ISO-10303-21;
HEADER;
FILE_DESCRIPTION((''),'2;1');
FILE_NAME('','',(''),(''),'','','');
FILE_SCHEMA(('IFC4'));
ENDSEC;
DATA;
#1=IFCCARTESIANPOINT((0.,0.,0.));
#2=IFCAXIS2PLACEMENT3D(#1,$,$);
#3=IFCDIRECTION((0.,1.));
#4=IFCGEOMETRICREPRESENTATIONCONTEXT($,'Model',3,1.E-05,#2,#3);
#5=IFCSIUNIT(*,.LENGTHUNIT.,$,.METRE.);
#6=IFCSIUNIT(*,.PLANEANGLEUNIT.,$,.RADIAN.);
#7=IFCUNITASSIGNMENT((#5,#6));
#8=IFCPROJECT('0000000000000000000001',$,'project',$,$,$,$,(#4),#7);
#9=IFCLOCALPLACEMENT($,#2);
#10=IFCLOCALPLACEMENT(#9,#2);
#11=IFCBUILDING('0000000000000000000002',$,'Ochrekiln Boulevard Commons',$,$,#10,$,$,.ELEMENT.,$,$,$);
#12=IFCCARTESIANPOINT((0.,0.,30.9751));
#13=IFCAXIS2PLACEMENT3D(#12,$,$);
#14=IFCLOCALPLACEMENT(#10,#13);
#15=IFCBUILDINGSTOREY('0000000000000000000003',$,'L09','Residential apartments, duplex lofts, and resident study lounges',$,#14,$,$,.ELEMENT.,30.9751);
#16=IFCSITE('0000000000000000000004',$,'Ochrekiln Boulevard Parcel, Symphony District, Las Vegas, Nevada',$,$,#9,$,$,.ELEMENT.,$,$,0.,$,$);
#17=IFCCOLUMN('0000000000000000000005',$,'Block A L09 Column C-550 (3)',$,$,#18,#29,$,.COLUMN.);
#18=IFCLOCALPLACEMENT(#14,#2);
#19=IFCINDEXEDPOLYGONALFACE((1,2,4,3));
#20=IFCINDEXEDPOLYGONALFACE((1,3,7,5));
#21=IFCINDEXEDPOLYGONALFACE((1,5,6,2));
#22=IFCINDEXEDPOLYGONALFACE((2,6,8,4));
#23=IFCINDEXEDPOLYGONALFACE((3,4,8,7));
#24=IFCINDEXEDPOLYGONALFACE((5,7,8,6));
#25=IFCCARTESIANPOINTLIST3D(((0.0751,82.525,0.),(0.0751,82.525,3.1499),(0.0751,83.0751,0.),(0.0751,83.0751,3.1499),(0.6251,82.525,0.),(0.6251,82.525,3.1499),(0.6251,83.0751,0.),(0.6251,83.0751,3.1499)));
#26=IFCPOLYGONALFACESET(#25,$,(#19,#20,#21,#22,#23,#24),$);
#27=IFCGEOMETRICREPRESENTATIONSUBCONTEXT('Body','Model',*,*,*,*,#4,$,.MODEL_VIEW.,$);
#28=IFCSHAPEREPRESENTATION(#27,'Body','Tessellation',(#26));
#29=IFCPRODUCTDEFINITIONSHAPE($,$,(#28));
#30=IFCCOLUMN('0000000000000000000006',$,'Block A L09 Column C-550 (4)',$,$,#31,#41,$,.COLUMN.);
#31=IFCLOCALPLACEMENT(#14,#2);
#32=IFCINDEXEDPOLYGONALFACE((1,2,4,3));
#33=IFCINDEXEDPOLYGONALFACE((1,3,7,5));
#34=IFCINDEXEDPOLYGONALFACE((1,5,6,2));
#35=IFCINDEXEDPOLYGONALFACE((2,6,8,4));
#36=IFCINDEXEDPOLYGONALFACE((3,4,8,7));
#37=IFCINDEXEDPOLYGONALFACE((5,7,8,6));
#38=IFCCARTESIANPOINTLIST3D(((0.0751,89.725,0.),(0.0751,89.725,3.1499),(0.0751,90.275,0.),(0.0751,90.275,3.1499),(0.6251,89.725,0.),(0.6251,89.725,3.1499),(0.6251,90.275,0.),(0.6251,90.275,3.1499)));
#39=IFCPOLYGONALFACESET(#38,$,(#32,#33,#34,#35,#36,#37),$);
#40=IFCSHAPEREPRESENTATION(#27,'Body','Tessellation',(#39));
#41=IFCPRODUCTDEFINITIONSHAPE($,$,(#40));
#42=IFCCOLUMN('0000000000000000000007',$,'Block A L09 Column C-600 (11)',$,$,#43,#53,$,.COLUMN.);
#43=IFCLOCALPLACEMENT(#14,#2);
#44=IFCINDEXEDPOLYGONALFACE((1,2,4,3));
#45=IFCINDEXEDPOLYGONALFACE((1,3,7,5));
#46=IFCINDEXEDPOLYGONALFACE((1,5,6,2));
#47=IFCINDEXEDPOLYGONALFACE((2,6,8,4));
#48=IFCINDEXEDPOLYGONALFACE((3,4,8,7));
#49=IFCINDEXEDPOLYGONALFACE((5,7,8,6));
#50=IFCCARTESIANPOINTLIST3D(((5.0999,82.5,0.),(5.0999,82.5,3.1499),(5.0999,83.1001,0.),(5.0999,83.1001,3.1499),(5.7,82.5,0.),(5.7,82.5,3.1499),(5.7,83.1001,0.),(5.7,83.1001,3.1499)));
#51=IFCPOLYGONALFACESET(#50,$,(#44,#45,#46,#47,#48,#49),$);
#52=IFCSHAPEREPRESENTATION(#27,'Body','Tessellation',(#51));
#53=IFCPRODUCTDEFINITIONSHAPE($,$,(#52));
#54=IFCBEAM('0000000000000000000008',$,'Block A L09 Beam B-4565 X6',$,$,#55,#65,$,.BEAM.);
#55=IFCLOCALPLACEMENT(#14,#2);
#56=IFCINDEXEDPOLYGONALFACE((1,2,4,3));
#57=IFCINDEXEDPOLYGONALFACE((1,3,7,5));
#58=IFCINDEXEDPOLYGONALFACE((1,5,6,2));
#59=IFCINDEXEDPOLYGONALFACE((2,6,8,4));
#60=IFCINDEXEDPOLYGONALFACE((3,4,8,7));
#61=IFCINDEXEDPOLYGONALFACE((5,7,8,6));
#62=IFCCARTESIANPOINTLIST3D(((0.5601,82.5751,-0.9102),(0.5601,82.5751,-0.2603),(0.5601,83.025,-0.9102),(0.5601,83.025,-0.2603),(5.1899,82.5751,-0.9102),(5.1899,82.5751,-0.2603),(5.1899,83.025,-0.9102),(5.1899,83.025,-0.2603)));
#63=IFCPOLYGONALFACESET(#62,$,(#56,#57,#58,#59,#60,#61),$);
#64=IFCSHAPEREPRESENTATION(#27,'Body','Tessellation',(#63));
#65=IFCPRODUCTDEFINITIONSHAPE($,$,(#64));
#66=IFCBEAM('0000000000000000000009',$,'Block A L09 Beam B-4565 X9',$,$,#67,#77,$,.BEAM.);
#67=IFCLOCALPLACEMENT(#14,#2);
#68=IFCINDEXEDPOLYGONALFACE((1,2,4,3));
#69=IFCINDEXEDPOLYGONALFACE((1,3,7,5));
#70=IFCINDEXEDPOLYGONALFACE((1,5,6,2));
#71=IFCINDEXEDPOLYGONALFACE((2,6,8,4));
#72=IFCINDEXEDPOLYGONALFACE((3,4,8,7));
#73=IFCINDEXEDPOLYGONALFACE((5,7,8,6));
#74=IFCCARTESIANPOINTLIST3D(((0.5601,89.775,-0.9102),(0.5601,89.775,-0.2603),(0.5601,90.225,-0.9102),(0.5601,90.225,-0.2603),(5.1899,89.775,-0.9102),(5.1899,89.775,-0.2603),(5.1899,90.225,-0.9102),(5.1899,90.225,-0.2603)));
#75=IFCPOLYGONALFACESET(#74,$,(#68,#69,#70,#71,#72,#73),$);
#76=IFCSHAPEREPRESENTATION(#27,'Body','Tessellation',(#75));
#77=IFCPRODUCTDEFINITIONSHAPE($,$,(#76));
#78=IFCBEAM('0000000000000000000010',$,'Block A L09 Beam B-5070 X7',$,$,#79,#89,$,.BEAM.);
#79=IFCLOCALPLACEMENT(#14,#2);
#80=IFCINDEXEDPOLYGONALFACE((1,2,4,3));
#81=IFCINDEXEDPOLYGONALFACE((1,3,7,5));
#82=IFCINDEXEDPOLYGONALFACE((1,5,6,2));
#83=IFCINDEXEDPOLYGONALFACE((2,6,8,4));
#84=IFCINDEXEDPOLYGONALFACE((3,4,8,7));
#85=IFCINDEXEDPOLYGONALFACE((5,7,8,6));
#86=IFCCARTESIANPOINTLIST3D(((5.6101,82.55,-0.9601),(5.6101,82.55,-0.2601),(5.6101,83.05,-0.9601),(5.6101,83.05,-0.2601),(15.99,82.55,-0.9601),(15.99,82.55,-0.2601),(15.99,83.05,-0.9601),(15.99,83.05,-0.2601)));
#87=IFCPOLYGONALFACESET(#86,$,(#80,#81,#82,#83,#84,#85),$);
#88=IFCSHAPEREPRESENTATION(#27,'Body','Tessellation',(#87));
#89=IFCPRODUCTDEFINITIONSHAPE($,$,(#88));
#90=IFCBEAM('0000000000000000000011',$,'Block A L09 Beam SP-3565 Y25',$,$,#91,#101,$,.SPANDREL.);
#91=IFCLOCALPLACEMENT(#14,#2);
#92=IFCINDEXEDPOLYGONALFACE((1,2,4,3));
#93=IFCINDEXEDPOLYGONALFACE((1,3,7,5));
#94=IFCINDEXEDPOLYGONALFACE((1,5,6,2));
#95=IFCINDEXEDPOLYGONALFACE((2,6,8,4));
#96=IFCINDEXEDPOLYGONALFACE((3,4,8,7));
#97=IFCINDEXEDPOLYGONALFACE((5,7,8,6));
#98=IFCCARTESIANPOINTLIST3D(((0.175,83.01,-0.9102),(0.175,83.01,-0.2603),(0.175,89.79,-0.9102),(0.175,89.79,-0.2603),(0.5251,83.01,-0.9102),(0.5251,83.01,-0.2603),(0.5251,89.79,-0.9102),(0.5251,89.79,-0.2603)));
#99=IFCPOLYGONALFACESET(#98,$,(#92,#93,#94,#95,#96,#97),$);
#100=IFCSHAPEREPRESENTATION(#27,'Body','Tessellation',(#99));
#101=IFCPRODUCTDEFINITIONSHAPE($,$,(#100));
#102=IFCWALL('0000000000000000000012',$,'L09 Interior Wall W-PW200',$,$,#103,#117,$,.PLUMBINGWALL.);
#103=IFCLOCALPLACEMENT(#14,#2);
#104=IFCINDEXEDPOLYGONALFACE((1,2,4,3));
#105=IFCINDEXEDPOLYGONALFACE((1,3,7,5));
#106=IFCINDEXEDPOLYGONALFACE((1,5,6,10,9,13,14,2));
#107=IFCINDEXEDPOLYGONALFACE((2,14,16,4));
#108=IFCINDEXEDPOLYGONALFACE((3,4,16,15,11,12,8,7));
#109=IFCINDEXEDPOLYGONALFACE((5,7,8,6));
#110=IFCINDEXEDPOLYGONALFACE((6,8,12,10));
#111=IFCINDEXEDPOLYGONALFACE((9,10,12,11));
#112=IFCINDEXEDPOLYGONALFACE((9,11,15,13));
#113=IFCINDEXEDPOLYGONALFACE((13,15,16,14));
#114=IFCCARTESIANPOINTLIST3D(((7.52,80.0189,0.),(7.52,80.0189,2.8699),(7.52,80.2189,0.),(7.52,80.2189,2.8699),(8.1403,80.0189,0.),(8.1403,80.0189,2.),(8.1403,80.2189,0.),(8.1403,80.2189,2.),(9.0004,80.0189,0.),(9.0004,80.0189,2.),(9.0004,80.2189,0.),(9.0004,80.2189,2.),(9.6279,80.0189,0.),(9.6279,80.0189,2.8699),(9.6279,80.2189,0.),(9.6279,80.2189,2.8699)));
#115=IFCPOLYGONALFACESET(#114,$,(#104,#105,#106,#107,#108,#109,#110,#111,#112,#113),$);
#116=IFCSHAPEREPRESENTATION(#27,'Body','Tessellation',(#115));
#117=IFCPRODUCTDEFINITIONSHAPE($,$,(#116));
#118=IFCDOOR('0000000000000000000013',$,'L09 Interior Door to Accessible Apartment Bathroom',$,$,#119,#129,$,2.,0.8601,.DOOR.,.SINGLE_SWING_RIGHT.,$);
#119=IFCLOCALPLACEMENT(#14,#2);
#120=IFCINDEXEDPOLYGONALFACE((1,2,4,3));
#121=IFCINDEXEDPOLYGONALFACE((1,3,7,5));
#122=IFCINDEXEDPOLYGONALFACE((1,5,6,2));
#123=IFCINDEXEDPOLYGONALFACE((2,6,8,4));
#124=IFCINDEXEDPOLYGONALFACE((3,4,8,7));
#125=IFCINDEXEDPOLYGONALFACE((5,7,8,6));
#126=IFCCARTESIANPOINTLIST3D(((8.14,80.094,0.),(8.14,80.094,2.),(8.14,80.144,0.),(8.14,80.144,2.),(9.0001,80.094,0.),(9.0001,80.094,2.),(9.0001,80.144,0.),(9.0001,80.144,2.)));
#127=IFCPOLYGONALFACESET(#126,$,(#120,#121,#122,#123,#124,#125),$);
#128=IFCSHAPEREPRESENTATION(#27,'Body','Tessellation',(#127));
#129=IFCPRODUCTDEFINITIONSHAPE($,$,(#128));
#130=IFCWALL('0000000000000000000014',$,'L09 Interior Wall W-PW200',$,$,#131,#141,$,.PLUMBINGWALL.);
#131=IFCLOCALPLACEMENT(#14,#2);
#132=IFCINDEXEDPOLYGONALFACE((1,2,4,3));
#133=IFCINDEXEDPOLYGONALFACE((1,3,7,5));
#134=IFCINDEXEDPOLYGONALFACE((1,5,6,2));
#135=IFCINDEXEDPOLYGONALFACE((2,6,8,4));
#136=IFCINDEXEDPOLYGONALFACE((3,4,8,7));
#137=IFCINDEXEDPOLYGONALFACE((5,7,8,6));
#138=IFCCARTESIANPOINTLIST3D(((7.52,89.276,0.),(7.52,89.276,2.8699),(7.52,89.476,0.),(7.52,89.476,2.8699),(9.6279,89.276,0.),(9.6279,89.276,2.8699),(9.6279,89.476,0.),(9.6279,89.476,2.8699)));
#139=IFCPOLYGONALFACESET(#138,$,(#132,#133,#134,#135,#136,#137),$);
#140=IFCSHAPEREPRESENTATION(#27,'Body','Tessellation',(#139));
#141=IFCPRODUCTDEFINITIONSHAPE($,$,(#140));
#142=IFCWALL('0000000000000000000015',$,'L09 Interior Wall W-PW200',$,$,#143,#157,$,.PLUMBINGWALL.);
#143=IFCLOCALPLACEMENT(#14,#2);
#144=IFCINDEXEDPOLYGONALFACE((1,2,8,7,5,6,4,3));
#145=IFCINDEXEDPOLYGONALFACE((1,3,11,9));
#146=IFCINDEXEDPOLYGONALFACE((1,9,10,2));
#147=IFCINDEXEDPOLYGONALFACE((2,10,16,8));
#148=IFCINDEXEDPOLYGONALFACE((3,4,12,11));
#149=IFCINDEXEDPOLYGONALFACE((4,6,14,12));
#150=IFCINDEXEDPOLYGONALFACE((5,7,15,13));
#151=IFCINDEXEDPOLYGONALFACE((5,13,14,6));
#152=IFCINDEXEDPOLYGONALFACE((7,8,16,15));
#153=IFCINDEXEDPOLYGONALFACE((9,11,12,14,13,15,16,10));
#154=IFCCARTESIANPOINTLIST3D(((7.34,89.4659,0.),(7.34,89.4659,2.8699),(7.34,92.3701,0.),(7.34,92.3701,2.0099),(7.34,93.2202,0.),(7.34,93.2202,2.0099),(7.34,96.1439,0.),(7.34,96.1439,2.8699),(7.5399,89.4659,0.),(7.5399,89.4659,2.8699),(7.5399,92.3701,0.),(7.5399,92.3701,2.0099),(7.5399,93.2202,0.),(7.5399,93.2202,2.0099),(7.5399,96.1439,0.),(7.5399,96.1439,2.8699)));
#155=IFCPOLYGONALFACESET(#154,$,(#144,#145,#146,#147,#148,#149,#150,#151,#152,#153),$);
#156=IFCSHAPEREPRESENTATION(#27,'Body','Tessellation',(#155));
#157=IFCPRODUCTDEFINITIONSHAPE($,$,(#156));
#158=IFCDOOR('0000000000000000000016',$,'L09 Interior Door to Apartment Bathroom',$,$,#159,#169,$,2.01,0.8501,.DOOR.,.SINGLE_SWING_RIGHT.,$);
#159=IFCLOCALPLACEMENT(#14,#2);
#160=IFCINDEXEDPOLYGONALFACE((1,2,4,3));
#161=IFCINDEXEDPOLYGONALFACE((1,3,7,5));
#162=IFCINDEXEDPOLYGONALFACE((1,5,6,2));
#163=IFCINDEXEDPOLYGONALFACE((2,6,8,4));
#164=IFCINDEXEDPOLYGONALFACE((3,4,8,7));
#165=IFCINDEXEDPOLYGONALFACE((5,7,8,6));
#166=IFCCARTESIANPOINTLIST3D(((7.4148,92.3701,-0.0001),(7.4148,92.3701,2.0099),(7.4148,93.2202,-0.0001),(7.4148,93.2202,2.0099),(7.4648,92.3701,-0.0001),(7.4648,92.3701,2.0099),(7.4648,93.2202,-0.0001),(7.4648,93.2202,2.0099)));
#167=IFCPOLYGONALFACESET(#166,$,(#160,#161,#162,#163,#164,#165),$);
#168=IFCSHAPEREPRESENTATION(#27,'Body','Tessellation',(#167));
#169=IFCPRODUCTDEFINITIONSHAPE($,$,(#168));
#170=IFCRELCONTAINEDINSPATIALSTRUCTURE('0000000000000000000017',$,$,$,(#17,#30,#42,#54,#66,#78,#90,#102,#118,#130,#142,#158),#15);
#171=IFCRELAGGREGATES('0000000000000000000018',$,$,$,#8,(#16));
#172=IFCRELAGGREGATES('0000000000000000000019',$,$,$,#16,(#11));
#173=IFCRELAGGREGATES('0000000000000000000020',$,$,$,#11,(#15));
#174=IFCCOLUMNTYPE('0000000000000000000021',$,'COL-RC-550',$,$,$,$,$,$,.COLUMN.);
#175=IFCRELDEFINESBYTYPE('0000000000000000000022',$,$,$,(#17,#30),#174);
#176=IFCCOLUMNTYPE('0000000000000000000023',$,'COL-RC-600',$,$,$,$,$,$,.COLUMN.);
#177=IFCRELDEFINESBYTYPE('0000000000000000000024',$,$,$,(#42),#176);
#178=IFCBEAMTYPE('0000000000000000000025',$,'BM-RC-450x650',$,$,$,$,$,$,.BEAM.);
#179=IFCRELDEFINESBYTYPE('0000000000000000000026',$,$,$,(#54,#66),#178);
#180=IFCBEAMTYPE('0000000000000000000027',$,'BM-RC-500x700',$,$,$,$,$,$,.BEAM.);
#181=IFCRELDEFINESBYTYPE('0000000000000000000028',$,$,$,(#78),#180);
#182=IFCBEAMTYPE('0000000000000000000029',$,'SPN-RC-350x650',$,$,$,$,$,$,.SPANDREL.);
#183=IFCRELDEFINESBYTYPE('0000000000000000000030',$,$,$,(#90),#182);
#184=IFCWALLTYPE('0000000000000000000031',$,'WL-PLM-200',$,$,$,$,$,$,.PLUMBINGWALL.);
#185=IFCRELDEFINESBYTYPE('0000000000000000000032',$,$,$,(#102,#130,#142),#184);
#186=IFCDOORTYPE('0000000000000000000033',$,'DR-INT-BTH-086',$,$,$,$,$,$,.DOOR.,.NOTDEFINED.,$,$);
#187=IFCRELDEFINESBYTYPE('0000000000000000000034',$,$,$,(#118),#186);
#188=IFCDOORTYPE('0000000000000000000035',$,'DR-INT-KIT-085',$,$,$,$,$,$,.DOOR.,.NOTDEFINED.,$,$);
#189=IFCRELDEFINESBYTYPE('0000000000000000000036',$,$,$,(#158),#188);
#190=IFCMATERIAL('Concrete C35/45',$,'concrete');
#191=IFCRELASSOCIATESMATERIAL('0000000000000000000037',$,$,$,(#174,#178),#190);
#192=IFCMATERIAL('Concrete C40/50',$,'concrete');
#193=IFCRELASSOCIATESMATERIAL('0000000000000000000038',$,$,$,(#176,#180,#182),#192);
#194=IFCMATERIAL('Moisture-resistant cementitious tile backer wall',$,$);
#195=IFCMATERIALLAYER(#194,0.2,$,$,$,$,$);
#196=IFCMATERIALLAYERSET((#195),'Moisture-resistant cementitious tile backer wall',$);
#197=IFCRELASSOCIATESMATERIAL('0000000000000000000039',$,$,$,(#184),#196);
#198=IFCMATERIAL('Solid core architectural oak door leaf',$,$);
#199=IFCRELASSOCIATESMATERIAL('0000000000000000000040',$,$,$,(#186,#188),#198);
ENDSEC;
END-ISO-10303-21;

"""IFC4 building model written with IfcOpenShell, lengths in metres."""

from ifc_helpers import new_model, si_unit, direction, frame, frame_2d, origin, origin_2d, place, context, subcontext, project, spatial, rectangle, extrude, material, layer, layer_set, material_profile, profile_set, type_object, element, fill, save


model = new_model("IFC4")

# Units and contexts
model_context = context("Model", 3, precision=1e-05, world=origin(), true_north=direction((0.0, 1.0)))
body_context = subcontext(model_context, "Body", "Model", "MODEL_VIEW")
ifc_project = project(units=[si_unit("LENGTHUNIT", "METRE"), si_unit("PLANEANGLEUNIT", "RADIAN")], contexts=[model_context])

# Site, building, storey
site_placement = place(None, origin())
site = spatial("IfcSite", under=ifc_project, at=site_placement, Name="Ochrekiln Boulevard Parcel, Symphony District, Las Vegas, Nevada", CompositionType="ELEMENT", RefElevation=0.0)
building_placement = place(site_placement, origin())
building = spatial("IfcBuilding", under=site, at=building_placement, Name="Ochrekiln Boulevard Commons", CompositionType="ELEMENT")
storey_placement = place(building_placement, frame((0.0, 0.0, 30.9751)))
storey = spatial("IfcBuildingStorey", under=building, at=storey_placement, Name="L09", Description="Residential apartments, duplex lofts, and resident study lounges", CompositionType="ELEMENT", Elevation=30.9751)

# Columns
ifc_material_1 = material(Name="Concrete C35/45", Category="concrete")
ifc_material_profile_1 = material_profile(ifc_material_1, rectangle(XDim=0.55, YDim=0.55, at=origin_2d()), Name="RC-COL-550x550")
ifc_profile_set_1 = profile_set([ifc_material_profile_1], Name="Concrete C35/45")
column_type_1 = type_object("IfcColumnType", Name="COL-RC-550", PredefinedType="COLUMN", material=ifc_profile_set_1)
for number, where, z_axis, x_axis, name in (
    (1, (0.3501, 82.8, 0.0), (0.0, 0.0, 1.0), (1.0, 0.0, 0.0), "Block A L09 Column C-550 (3)"),
    (2, (0.3501, 90.0, 0.0), (0.0, 0.0, 1.0), (1.0, 0.0, 0.0), "Block A L09 Column C-550 (4)"),
):
    element("IfcColumn", number, at=place(storey_placement, frame(where, z_axis=z_axis, x_axis=x_axis)), inside=storey, type_object=column_type_1, Name=name, PredefinedType="COLUMN", context=body_context, shape_type="SweptSolid", body=[
        extrude(rectangle(XDim=0.55, YDim=0.55, at=origin_2d()), origin(), (0.0, 0.0, 1.0), 3.1499),
    ])
ifc_material_2 = material(Name="Concrete C40/50", Category="concrete")
ifc_material_profile_2 = material_profile(ifc_material_2, rectangle(XDim=0.6001, YDim=0.6001, at=origin_2d()), Name="RC-COL-600x600")
ifc_profile_set_2 = profile_set([ifc_material_profile_2], Name="Concrete C40/50")
column_type_2 = type_object("IfcColumnType", Name="COL-RC-600", PredefinedType="COLUMN", material=ifc_profile_set_2)
column_placement = place(storey_placement, frame((5.3999, 82.8, 0.0), z_axis=(0.0, 0.0, 1.0), x_axis=(1.0, 0.0, 0.0)))
element("IfcColumn", 3, at=column_placement, inside=storey, type_object=column_type_2, Name="Block A L09 Column C-600 (11)", PredefinedType="COLUMN", context=body_context, shape_type="SweptSolid", body=[
    extrude(rectangle(XDim=0.6001, YDim=0.6001, at=origin_2d()), origin(), (0.0, 0.0, 1.0), 3.1499),
])

# Beams
ifc_material_profile_3 = material_profile(ifc_material_1, rectangle(XDim=0.45, YDim=0.6499, at=origin_2d()), Name="RC-BM-450x650")
ifc_profile_set_3 = profile_set([ifc_material_profile_3], Name="Concrete C35/45")
beam_type_1 = type_object("IfcBeamType", Name="BM-RC-450x650", PredefinedType="BEAM", material=ifc_profile_set_3)
for number, where, z_axis, x_axis, name in (
    (4, (0.5601, 82.8, -0.5852), (1.0, 0.0, 0.0), (0.0, 1.0, 0.0), "Block A L09 Beam B-4565 X6"),
    (5, (0.5601, 90.0, -0.5852), (1.0, 0.0, 0.0), (0.0, 1.0, 0.0), "Block A L09 Beam B-4565 X9"),
):
    element("IfcBeam", number, at=place(storey_placement, frame(where, z_axis=z_axis, x_axis=x_axis)), inside=storey, type_object=beam_type_1, Name=name, PredefinedType="BEAM", context=body_context, shape_type="SweptSolid", body=[
        extrude(rectangle(XDim=0.45, YDim=0.6499, at=origin_2d()), origin(), (0.0, 0.0, 1.0), 4.6299),
    ])
ifc_material_profile_4 = material_profile(ifc_material_2, rectangle(XDim=0.5, YDim=0.7, at=origin_2d()), Name="RC-BM-500x700")
ifc_profile_set_4 = profile_set([ifc_material_profile_4], Name="Concrete C40/50")
beam_type_2 = type_object("IfcBeamType", Name="BM-RC-500x700", PredefinedType="BEAM", material=ifc_profile_set_4)
beam_1_placement = place(storey_placement, frame((5.6101, 82.8, -0.6101), z_axis=(1.0, 0.0, 0.0), x_axis=(0.0, 1.0, 0.0)))
element("IfcBeam", 6, at=beam_1_placement, inside=storey, type_object=beam_type_2, Name="Block A L09 Beam B-5070 X7", PredefinedType="BEAM", context=body_context, shape_type="SweptSolid", body=[
    extrude(rectangle(XDim=0.5, YDim=0.7, at=origin_2d()), origin(), (0.0, 0.0, 1.0), 10.3799),
])
ifc_material_profile_5 = material_profile(ifc_material_2, rectangle(XDim=0.3501, YDim=0.6499, at=origin_2d()), Name="RC-SPN-350x650")
ifc_profile_set_5 = profile_set([ifc_material_profile_5], Name="Concrete C40/50")
beam_type_3 = type_object("IfcBeamType", Name="SPN-RC-350x650", PredefinedType="SPANDREL", material=ifc_profile_set_5)
beam_2_placement = place(storey_placement, frame((0.3501, 83.01, -0.5852), z_axis=(0.0, 1.0, 0.0), x_axis=(-1.0, 0.0, 0.0)))
element("IfcBeam", 7, at=beam_2_placement, inside=storey, type_object=beam_type_3, Name="Block A L09 Beam SP-3565 Y25", PredefinedType="SPANDREL", context=body_context, shape_type="SweptSolid", body=[
    extrude(rectangle(XDim=0.3501, YDim=0.6499, at=origin_2d()), origin(), (0.0, 0.0, 1.0), 6.78),
])

# Wall, opening, door
ifc_material_3 = material(Name="Moisture-resistant cementitious tile backer wall")
ifc_layer_1 = layer(ifc_material_3, 0.2)
ifc_layer_set_1 = layer_set([ifc_layer_1], Name="Moisture-resistant cementitious tile backer wall")
wall_type_1 = type_object("IfcWallType", Name="WL-PLM-200", PredefinedType="PLUMBINGWALL", material=ifc_layer_set_1)
wall_1_placement = place(storey_placement, frame((7.52, 80.1189, 0.0), z_axis=(0.0, 0.0, 1.0), x_axis=(1.0, 0.0, 0.0)))
wall_1 = element("IfcWall", 8, at=wall_1_placement, inside=storey, type_object=wall_type_1, Name="L09 Interior Wall W-PW200", PredefinedType="PLUMBINGWALL", context=body_context, shape_type="SweptSolid", body=[
    extrude(rectangle(XDim=2.1079, YDim=0.2, at=frame_2d((1.054, 0.0))), origin(), (0.0, 0.0, 1.0), 2.8699),
])
opening_1_placement = place(wall_1_placement, frame((0.6201, 0.0, 0.0)))
opening_1 = element("IfcOpeningElement", 9, at=opening_1_placement, cuts=wall_1, PredefinedType="OPENING", context=body_context, shape_type="SweptSolid", body=[
    extrude(rectangle(XDim=0.8601, YDim=2.0, at=frame_2d((0.4302, 1.0))), frame((0.0, 0.1099, 0.0), z_axis=(0.0, -1.0, 0.0), x_axis=(1.0, 0.0, 0.0)), (0.0, 0.0, 1.0), 0.22),
])
ifc_material_4 = material(Name="Solid core architectural oak door leaf")
door_type_1 = type_object("IfcDoorType", Name="DR-INT-BTH-086", OperationType="NOTDEFINED", PredefinedType="DOOR", material=ifc_material_4)
door_1_placement = place(opening_1_placement, frame((0.8601, 0.0, 0.0), z_axis=(0.0, 0.0, 1.0), x_axis=(-1.0, 0.0, 0.0)))
door_1 = element("IfcDoor", 10, at=door_1_placement, inside=storey, type_object=door_type_1, Name="L09 Interior Door to Accessible Apartment Bathroom", OperationType="SINGLE_SWING_RIGHT", OverallHeight=2.0, OverallWidth=0.8601, PredefinedType="DOOR", context=body_context, shape_type="SweptSolid", body=[
    extrude(rectangle(XDim=0.8601, YDim=2.0, at=frame_2d((0.4302, 1.0))), frame((0.0, 0.0249, 0.0), z_axis=(0.0, -1.0, 0.0), x_axis=(1.0, 0.0, 0.0)), (0.0, 0.0, 1.0), 0.05),
])
fill(opening_1, door_1)

# Wall
wall_2_placement = place(storey_placement, frame((7.52, 89.376, 0.0), z_axis=(0.0, 0.0, 1.0), x_axis=(1.0, 0.0, 0.0)))
element("IfcWall", 11, at=wall_2_placement, inside=storey, type_object=wall_type_1, Name="L09 Interior Wall W-PW200", PredefinedType="PLUMBINGWALL", context=body_context, shape_type="SweptSolid", body=[
    extrude(rectangle(XDim=2.1079, YDim=0.2, at=frame_2d((1.054, 0.0))), origin(), (0.0, 0.0, 1.0), 2.8699),
])

# Wall, opening, door
wall_3_placement = place(storey_placement, frame((7.4399, 89.4661, 0.0), z_axis=(0.0, 0.0, 1.0), x_axis=(0.0, 1.0, 0.0)))
wall_3 = element("IfcWall", 12, at=wall_3_placement, inside=storey, type_object=wall_type_1, Name="L09 Interior Wall W-PW200", PredefinedType="PLUMBINGWALL", context=body_context, shape_type="SweptSolid", body=[
    extrude(rectangle(XDim=6.678, YDim=0.2, at=frame_2d((3.3389, 0.0))), origin(), (0.0, 0.0, 1.0), 2.8699),
])
opening_2_placement = place(wall_3_placement, frame((2.9041, 0.0, 0.0)))
opening_2 = element("IfcOpeningElement", 13, at=opening_2_placement, cuts=wall_3, PredefinedType="OPENING", context=body_context, shape_type="SweptSolid", body=[
    extrude(rectangle(XDim=0.8501, YDim=2.01, at=frame_2d((0.425, 1.0049))), frame((0.0, 0.1099, 0.0), z_axis=(0.0, -1.0, 0.0), x_axis=(1.0, 0.0, 0.0)), (0.0, 0.0, 1.0), 0.22),
])
door_type_2 = type_object("IfcDoorType", Name="DR-INT-KIT-085", OperationType="NOTDEFINED", PredefinedType="DOOR", material=ifc_material_4)
door_2_placement = place(opening_2_placement, frame((0.8501, 0.0, 0.0), z_axis=(0.0, 0.0, 1.0), x_axis=(-1.0, 0.0, 0.0)))
door_2 = element("IfcDoor", 14, at=door_2_placement, inside=storey, type_object=door_type_2, Name="L09 Interior Door to Apartment Bathroom", OperationType="SINGLE_SWING_RIGHT", OverallHeight=2.01, OverallWidth=0.8501, PredefinedType="DOOR", context=body_context, shape_type="SweptSolid", body=[
    extrude(rectangle(XDim=0.8501, YDim=2.01, at=frame_2d((0.425, 1.0049))), frame((0.0, 0.0249, 0.0), z_axis=(0.0, -1.0, 0.0), x_axis=(1.0, 0.0, 0.0)), (0.0, 0.0, 1.0), 0.05),
])
fill(opening_2, door_2)

save(model, "model.ifc")
